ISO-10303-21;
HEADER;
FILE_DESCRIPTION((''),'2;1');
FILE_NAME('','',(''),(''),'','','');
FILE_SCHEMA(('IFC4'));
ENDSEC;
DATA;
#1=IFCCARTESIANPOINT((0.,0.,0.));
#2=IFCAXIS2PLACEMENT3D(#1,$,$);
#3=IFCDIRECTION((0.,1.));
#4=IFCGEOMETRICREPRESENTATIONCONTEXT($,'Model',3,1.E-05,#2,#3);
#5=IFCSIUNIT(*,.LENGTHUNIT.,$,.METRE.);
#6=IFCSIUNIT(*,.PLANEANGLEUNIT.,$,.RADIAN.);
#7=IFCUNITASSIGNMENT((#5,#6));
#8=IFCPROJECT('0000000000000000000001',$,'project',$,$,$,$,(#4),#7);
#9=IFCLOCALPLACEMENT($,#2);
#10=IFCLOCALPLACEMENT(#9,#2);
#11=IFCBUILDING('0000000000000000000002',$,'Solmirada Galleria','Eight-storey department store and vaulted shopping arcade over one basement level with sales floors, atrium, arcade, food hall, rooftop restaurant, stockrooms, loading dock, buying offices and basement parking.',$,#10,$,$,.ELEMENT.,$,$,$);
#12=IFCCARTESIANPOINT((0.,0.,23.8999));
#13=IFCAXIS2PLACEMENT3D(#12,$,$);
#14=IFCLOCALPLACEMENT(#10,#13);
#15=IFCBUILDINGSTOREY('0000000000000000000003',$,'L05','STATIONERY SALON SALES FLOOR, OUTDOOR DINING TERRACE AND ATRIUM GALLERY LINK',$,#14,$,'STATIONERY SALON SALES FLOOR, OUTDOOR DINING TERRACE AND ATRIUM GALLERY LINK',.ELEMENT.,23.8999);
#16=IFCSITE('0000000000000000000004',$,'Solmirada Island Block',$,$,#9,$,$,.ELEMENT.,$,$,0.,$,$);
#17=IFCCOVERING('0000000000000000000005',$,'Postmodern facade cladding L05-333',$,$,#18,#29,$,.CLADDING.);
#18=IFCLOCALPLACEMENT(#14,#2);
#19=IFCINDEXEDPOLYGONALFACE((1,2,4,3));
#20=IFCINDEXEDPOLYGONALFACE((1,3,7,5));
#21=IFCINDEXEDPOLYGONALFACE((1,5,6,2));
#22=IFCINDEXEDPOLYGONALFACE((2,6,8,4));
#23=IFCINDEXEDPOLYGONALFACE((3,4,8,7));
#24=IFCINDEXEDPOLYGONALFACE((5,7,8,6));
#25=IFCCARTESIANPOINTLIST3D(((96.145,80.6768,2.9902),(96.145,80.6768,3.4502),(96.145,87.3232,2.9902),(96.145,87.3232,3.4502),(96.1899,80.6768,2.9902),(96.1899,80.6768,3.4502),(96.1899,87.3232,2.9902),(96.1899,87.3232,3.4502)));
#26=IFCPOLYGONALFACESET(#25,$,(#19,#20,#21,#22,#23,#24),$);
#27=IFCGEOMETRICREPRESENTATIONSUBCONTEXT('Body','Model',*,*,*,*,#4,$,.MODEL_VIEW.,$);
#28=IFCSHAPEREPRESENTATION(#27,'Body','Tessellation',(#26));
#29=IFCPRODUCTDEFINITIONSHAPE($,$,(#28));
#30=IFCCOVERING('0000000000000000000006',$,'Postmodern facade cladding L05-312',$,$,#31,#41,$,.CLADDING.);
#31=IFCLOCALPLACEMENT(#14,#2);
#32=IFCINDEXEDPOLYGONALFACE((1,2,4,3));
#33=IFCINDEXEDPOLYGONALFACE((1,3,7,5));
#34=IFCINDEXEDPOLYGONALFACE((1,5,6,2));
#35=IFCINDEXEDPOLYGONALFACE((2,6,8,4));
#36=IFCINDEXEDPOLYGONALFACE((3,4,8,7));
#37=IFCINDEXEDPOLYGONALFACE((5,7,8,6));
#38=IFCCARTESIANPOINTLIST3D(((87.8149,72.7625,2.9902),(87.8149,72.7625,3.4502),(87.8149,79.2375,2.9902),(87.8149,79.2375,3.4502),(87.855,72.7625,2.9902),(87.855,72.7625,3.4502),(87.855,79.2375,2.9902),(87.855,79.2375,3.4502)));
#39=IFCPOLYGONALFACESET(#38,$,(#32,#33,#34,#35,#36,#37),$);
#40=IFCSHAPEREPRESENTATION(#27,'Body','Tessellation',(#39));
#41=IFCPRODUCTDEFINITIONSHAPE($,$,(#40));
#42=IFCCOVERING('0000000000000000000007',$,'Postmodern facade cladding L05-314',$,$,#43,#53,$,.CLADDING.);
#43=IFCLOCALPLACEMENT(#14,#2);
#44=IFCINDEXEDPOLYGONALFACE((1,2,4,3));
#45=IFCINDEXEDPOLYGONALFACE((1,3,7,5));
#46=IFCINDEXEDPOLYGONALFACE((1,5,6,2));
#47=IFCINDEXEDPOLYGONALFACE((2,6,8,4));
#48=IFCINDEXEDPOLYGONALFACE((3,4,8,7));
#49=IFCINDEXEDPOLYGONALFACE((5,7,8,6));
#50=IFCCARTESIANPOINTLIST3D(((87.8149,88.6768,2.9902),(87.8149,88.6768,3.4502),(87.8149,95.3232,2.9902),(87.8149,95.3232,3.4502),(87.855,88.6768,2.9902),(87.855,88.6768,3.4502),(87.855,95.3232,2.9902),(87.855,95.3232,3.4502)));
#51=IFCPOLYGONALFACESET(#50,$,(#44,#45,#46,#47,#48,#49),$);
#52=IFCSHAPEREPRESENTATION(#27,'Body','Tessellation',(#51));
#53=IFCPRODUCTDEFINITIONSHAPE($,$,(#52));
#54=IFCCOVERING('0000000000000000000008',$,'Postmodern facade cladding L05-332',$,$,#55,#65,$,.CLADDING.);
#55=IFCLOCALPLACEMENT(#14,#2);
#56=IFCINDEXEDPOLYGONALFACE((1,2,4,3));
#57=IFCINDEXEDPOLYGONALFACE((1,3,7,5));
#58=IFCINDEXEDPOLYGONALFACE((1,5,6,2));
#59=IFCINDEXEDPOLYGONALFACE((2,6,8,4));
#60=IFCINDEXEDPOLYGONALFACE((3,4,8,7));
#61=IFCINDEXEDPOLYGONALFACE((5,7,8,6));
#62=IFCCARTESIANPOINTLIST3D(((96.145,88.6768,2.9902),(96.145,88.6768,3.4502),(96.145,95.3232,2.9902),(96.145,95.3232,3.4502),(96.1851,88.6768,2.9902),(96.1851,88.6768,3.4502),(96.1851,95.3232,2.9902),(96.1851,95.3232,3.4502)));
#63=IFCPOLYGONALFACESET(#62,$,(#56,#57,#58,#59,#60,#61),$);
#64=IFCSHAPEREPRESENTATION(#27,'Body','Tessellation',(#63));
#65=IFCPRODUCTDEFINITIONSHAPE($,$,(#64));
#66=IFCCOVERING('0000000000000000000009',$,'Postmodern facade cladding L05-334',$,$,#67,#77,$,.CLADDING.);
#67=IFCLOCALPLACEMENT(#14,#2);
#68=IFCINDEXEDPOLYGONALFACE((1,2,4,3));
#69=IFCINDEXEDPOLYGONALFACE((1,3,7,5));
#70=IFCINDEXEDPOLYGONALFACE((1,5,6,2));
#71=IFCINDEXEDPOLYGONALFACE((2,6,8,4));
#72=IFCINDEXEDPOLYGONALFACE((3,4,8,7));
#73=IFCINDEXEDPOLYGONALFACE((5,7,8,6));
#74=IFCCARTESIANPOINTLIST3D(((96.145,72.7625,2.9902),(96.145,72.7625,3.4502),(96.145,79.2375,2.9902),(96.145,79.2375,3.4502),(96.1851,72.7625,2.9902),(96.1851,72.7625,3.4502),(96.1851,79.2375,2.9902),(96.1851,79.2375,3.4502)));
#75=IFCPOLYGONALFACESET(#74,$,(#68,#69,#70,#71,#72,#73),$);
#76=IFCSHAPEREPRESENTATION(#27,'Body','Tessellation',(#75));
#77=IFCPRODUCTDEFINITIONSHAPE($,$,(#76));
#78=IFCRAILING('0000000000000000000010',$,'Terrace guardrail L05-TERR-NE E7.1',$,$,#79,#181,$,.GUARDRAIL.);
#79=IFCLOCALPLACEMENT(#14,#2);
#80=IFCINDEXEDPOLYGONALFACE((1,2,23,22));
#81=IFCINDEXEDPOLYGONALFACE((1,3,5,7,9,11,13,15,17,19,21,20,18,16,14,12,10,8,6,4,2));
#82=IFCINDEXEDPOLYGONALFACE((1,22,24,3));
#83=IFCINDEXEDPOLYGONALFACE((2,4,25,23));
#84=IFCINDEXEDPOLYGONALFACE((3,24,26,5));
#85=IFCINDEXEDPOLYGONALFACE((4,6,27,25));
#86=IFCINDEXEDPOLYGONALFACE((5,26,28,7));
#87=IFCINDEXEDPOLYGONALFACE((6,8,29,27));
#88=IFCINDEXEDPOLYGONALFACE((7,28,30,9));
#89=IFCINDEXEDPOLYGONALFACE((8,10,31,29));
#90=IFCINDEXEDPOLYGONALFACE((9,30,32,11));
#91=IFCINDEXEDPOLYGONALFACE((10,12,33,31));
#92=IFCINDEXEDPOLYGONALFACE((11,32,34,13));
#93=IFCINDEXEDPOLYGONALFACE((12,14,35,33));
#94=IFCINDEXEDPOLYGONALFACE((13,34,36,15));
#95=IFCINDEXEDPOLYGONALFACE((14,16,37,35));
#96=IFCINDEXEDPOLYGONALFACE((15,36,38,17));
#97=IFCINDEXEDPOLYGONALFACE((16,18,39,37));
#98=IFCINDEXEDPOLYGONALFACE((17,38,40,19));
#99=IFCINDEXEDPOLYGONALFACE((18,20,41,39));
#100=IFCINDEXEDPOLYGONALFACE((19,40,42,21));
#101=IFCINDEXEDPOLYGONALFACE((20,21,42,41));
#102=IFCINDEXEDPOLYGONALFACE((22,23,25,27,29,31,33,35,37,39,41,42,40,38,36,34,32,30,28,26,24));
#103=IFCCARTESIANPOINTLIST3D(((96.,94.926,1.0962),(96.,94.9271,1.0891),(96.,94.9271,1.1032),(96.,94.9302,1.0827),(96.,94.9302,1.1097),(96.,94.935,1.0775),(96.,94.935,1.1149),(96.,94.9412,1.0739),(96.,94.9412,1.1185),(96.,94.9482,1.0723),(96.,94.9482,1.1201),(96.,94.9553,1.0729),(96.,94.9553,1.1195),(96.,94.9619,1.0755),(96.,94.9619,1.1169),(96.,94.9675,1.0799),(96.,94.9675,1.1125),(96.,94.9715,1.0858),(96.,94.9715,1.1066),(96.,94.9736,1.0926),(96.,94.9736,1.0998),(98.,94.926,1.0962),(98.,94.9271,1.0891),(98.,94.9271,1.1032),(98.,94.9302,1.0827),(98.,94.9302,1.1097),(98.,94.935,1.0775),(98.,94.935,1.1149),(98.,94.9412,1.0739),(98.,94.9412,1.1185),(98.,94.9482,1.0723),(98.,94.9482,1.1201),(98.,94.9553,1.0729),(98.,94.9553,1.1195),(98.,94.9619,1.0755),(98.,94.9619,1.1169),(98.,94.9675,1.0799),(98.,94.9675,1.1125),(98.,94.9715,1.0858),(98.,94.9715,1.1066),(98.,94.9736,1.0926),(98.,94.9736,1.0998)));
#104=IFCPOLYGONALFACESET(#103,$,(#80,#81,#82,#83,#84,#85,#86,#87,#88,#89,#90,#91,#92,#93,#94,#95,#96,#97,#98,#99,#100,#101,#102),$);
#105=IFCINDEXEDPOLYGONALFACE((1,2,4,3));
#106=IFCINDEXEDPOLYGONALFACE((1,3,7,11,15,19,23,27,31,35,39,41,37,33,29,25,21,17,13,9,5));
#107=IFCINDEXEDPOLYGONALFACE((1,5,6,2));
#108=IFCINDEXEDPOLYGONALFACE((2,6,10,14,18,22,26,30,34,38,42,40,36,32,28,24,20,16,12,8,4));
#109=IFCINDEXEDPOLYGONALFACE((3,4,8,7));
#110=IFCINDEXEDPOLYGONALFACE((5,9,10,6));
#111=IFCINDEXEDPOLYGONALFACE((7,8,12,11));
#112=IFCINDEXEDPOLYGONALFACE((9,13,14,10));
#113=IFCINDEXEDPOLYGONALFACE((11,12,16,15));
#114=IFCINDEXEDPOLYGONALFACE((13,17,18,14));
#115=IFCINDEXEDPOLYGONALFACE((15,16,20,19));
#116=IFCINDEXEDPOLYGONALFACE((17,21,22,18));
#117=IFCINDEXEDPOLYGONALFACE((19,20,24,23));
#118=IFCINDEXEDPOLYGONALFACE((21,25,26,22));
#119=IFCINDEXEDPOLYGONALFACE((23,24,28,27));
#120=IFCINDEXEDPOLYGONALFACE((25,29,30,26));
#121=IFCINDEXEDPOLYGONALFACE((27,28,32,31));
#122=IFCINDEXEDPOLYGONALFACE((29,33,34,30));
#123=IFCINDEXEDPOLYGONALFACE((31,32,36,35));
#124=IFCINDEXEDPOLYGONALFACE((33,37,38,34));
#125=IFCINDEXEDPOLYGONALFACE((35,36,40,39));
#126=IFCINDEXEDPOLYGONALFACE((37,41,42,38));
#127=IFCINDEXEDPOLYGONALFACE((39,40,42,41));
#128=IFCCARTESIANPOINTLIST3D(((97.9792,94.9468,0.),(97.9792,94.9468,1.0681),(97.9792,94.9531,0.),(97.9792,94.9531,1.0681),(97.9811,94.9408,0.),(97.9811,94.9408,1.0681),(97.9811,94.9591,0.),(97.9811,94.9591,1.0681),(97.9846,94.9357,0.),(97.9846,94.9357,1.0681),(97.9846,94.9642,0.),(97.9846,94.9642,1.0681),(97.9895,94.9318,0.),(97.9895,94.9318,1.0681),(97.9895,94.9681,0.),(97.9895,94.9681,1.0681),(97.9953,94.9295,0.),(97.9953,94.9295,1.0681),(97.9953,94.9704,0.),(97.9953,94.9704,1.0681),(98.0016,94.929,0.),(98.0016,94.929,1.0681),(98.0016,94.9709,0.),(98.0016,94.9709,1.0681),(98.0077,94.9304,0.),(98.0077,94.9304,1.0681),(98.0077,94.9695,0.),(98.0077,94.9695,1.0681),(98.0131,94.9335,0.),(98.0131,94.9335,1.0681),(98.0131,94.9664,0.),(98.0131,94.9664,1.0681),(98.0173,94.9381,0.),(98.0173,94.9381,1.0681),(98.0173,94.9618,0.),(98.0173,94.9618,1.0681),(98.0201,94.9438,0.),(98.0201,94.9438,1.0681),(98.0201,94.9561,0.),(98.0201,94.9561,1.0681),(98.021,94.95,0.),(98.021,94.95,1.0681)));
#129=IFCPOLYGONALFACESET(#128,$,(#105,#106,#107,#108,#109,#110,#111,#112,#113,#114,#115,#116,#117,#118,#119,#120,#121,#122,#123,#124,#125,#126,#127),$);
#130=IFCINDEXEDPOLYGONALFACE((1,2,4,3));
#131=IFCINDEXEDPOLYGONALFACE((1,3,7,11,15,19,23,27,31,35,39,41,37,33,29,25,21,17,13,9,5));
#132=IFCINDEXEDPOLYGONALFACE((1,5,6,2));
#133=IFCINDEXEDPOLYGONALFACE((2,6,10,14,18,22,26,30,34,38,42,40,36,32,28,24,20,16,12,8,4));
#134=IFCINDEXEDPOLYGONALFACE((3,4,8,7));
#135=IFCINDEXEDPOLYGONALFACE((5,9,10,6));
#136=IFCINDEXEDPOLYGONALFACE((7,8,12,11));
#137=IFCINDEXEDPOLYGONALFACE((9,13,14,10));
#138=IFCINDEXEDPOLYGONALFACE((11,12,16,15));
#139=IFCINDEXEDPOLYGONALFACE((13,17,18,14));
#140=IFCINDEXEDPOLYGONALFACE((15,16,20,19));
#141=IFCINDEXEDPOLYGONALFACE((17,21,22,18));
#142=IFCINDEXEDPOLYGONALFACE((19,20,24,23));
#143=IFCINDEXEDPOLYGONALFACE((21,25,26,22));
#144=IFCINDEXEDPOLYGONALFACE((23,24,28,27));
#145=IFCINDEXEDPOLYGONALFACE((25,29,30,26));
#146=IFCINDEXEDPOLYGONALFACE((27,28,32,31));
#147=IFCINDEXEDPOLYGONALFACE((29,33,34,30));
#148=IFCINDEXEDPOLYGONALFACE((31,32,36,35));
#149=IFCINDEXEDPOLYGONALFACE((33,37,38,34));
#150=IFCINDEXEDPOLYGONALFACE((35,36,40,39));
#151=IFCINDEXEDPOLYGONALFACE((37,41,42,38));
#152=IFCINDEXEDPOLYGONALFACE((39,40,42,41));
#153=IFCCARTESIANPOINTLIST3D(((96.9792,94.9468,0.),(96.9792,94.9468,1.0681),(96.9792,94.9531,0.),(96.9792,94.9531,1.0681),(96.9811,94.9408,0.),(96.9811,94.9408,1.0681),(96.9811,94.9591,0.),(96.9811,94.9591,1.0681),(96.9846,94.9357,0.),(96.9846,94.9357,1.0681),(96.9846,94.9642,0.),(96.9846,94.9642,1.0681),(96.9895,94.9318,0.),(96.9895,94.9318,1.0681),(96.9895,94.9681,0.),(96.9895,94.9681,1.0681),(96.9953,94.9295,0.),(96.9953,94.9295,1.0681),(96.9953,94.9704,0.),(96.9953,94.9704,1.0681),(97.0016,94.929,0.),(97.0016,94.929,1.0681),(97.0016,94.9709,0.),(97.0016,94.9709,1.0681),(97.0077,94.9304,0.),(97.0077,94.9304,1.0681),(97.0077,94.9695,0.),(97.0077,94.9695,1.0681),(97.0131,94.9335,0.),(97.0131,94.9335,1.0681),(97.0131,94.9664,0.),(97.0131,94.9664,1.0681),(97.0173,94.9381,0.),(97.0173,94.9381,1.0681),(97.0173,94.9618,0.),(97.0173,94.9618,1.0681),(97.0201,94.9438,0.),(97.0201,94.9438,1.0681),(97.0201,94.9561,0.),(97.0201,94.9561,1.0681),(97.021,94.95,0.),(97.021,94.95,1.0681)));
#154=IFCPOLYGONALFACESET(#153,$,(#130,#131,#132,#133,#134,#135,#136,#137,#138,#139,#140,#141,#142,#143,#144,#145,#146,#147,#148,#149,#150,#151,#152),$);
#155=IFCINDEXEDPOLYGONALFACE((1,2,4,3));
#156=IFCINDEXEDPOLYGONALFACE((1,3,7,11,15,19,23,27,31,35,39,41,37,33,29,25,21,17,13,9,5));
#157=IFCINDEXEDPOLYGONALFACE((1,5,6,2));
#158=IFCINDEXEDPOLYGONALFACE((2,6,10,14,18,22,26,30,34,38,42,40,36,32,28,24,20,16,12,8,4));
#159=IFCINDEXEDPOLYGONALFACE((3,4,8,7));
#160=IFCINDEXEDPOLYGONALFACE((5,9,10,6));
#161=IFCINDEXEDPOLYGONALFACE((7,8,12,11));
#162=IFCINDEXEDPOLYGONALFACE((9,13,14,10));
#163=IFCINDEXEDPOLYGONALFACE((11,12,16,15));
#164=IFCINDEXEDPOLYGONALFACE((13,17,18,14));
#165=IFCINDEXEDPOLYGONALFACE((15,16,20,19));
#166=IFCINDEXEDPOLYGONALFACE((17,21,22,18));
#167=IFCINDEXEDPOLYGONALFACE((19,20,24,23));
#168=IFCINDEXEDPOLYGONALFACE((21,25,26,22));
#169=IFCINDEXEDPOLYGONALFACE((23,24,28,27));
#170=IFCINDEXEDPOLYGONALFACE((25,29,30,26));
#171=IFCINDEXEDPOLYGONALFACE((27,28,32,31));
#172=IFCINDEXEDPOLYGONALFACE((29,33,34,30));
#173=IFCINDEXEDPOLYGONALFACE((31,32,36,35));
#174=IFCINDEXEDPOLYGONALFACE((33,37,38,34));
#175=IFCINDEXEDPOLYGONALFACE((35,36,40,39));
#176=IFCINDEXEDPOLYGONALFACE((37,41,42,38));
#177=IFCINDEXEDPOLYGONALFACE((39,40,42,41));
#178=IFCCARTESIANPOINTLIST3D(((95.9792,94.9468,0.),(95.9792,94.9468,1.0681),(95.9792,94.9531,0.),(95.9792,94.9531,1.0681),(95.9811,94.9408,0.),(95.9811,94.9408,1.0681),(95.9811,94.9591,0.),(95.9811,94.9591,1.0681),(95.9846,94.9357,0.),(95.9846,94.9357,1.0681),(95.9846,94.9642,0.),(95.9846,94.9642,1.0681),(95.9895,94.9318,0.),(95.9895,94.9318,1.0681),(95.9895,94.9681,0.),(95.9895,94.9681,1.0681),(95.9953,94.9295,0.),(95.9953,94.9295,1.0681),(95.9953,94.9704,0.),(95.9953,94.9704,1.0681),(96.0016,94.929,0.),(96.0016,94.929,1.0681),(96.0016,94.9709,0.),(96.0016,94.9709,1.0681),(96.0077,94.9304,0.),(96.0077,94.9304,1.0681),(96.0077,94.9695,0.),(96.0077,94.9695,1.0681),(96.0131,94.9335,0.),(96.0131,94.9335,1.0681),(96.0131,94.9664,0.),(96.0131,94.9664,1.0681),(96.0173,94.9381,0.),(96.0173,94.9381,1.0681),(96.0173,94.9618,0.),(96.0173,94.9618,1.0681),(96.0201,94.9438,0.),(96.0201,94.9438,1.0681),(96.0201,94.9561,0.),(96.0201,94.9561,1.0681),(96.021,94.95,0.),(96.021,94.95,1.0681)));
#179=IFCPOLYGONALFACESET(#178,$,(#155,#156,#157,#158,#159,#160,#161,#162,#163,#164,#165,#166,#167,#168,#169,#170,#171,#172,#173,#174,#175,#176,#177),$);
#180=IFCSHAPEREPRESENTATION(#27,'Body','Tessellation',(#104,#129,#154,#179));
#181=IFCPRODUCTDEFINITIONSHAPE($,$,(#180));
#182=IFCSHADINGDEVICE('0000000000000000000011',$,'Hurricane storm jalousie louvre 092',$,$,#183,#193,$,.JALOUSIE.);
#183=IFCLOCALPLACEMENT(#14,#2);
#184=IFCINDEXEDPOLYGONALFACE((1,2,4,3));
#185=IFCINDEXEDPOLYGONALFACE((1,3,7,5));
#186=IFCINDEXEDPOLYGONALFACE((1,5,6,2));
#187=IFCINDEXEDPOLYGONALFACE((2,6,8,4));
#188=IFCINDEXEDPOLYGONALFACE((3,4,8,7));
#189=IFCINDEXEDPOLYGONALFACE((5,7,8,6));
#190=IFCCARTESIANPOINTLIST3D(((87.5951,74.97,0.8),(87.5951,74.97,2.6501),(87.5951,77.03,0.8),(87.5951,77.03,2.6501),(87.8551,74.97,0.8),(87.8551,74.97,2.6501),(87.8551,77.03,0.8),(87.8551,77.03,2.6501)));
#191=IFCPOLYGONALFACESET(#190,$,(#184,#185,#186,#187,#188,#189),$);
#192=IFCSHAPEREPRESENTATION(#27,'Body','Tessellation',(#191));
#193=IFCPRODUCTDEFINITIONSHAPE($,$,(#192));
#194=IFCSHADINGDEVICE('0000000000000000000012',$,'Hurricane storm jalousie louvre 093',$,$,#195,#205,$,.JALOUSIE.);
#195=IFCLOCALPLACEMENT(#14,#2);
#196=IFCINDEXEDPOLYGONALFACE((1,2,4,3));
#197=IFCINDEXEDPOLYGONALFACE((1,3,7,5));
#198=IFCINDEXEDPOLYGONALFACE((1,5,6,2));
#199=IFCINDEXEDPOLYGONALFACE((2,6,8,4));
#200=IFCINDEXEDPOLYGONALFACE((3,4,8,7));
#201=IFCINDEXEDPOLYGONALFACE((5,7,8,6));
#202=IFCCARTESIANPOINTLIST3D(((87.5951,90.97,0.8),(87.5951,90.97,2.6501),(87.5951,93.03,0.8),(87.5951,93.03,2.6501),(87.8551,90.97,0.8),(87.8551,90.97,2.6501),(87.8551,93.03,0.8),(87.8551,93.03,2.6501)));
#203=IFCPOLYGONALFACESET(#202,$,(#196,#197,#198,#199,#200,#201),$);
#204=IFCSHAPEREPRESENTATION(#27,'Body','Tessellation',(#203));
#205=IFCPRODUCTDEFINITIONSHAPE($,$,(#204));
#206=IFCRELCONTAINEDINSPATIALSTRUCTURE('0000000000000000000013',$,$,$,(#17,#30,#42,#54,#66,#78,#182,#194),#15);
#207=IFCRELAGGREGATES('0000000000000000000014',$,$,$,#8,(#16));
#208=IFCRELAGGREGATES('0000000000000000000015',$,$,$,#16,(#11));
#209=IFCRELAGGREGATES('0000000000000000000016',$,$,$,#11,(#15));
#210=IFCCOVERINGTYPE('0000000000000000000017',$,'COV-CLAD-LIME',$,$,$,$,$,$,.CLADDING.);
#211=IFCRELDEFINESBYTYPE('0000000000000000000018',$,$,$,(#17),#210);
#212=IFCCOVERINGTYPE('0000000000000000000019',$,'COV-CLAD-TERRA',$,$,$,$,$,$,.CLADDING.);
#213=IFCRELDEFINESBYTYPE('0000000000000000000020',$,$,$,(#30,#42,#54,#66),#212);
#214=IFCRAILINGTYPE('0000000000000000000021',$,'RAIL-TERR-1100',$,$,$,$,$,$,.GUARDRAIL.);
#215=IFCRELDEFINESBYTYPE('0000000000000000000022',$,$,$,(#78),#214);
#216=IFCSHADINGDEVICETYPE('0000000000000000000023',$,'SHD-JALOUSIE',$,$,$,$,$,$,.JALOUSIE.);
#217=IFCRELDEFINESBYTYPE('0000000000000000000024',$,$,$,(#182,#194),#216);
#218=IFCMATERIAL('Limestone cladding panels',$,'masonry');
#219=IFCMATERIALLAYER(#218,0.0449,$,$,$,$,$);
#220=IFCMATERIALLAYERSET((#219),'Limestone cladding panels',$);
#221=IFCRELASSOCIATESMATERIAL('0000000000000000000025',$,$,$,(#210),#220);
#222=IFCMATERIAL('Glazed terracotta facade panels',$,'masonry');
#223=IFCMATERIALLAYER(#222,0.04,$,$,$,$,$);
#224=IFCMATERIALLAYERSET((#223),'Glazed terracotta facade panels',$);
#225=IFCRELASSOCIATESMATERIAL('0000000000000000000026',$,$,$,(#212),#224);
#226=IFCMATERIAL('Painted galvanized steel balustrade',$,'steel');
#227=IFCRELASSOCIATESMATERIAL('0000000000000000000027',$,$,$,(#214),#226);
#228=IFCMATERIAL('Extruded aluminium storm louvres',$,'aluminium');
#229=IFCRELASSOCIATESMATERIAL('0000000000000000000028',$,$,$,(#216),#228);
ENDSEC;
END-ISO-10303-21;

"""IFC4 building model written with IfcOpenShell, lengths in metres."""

from ifc_helpers import new_model, si_unit, direction, frame, origin, origin_2d, place, context, subcontext, project, spatial, rectangle, circle, extrude, material, layer, layer_set, type_object, element, save


model = new_model("IFC4")

# Units and contexts
model_context = context("Model", 3, precision=1e-05, world=origin(), true_north=direction((0.0, 1.0)))
body_context = subcontext(model_context, "Body", "Model", "MODEL_VIEW")
ifc_project = project(units=[si_unit("LENGTHUNIT", "METRE"), si_unit("PLANEANGLEUNIT", "RADIAN")], contexts=[model_context])

# Site, building, storey
site_placement = place(None, origin())
site = spatial("IfcSite", under=ifc_project, at=site_placement, Name="Solmirada Island Block", CompositionType="ELEMENT", RefElevation=0.0)
building_placement = place(site_placement, origin())
building = spatial("IfcBuilding", under=site, at=building_placement, Name="Solmirada Galleria", Description="Eight-storey department store and vaulted shopping arcade over one basement level with sales floors, atrium, arcade, food hall, rooftop restaurant, stockrooms, loading dock, buying offices and basement parking.", CompositionType="ELEMENT")
storey_placement = place(building_placement, frame((0.0, 0.0, 23.8999)))
storey = spatial("IfcBuildingStorey", under=building, at=storey_placement, Name="L05", Description="STATIONERY SALON SALES FLOOR, OUTDOOR DINING TERRACE AND ATRIUM GALLERY LINK", LongName="STATIONERY SALON SALES FLOOR, OUTDOOR DINING TERRACE AND ATRIUM GALLERY LINK", CompositionType="ELEMENT", Elevation=23.8999)

# Coverings
ifc_material_1 = material(Name="Limestone cladding panels", Category="masonry")
ifc_layer_1 = layer(ifc_material_1, 0.0449)
ifc_layer_set_1 = layer_set([ifc_layer_1], Name="Limestone cladding panels")
covering_type_1 = type_object("IfcCoveringType", Name="COV-CLAD-LIME", PredefinedType="CLADDING", material=ifc_layer_set_1)
for number, where, z_axis, x_axis, name in (
    (1, (96.1675, 84.0, 2.9902), (0.0, 0.0, 1.0), (0.0, -1.0, 0.0), "Postmodern facade cladding L05-333"),
):
    element("IfcCovering", number, at=place(storey_placement, frame(where, z_axis=z_axis, x_axis=x_axis)), inside=storey, type_object=covering_type_1, Name=name, PredefinedType="CLADDING", context=body_context, shape_type="SweptSolid", body=[
        extrude(rectangle(XDim=6.6465, YDim=0.0449, at=origin_2d()), origin(), (0.0, 0.0, 1.0), 0.46),
    ])
ifc_material_2 = material(Name="Glazed terracotta facade panels", Category="masonry")
ifc_layer_2 = layer(ifc_material_2, 0.04)
ifc_layer_set_2 = layer_set([ifc_layer_2], Name="Glazed terracotta facade panels")
covering_type_2 = type_object("IfcCoveringType", Name="COV-CLAD-TERRA", PredefinedType="CLADDING", material=ifc_layer_set_2)
covering_1_placement = place(storey_placement, frame((87.835, 76.0, 2.9902), z_axis=(0.0, 0.0, 1.0), x_axis=(0.0, 1.0, 0.0)))
element("IfcCovering", 2, at=covering_1_placement, inside=storey, type_object=covering_type_2, Name="Postmodern facade cladding L05-312", PredefinedType="CLADDING", context=body_context, shape_type="SweptSolid", body=[
    extrude(rectangle(XDim=6.4751, YDim=0.04, at=origin_2d()), origin(), (0.0, 0.0, 1.0), 0.46),
])
for number, where, z_axis, x_axis, name in (
    (3, (87.835, 92.0, 2.9902), (0.0, 0.0, 1.0), (0.0, 1.0, 0.0), "Postmodern facade cladding L05-314"),
    (4, (96.165, 92.0, 2.9902), (0.0, 0.0, 1.0), (0.0, -1.0, 0.0), "Postmodern facade cladding L05-332"),
):
    element("IfcCovering", number, at=place(storey_placement, frame(where, z_axis=z_axis, x_axis=x_axis)), inside=storey, type_object=covering_type_2, Name=name, PredefinedType="CLADDING", context=body_context, shape_type="SweptSolid", body=[
        extrude(rectangle(XDim=6.6465, YDim=0.04, at=origin_2d()), origin(), (0.0, 0.0, 1.0), 0.46),
    ])
covering_2_placement = place(storey_placement, frame((96.165, 76.0, 2.9902), z_axis=(0.0, 0.0, 1.0), x_axis=(0.0, -1.0, 0.0)))
element("IfcCovering", 5, at=covering_2_placement, inside=storey, type_object=covering_type_2, Name="Postmodern facade cladding L05-334", PredefinedType="CLADDING", context=body_context, shape_type="SweptSolid", body=[
    extrude(rectangle(XDim=6.4751, YDim=0.04, at=origin_2d()), origin(), (0.0, 0.0, 1.0), 0.46),
])

# Railing
ifc_material_3 = material(Name="Painted galvanized steel balustrade", Category="steel")
railing_type = type_object("IfcRailingType", Name="RAIL-TERR-1100", PredefinedType="GUARDRAIL", material=ifc_material_3)
railing_1_placement = place(storey_placement, frame((98.0, 94.95, 0.0)))
element("IfcRailing", 6, at=railing_1_placement, inside=storey, type_object=railing_type, Name="Terrace guardrail L05-TERR-NE E7.1", PredefinedType="GUARDRAIL", context=body_context, shape_type="SweptSolid", body=[
    extrude(circle(Radius=0.0239, at=origin_2d()), frame((0.0, 0.0, 1.0962), z_axis=(-1.0, 0.0, 0.0), x_axis=(0.0, -1.0, 0.0)), (0.0, 0.0, 1.0), 2.0),
    extrude(circle(Radius=0.021, at=origin_2d()), origin(), (0.0, 0.0, 1.0), 1.0681),
    extrude(circle(Radius=0.021, at=origin_2d()), frame((-1.0, 0.0, 0.0)), (0.0, 0.0, 1.0), 1.0681),
    extrude(circle(Radius=0.021, at=origin_2d()), frame((-2.0, 0.0, 0.0)), (0.0, 0.0, 1.0), 1.0681),
])

# Shading devices
ifc_material_4 = material(Name="Extruded aluminium storm louvres", Category="aluminium")
shading_device_type = type_object("IfcShadingDeviceType", Name="SHD-JALOUSIE", PredefinedType="JALOUSIE", material=ifc_material_4)
for number, where, z_axis, x_axis, name in (
    (7, (87.7251, 76.0, 0.8), (0.0, 0.0, 1.0), (0.0, 1.0, 0.0), "Hurricane storm jalousie louvre 092"),
    (8, (87.7251, 92.0, 0.8), (0.0, 0.0, 1.0), (0.0, 1.0, 0.0), "Hurricane storm jalousie louvre 093"),
):
    element("IfcShadingDevice", number, at=place(storey_placement, frame(where, z_axis=z_axis, x_axis=x_axis)), inside=storey, type_object=shading_device_type, Name=name, PredefinedType="JALOUSIE", context=body_context, shape_type="SweptSolid", body=[
        extrude(rectangle(XDim=2.0601, YDim=0.26, at=origin_2d()), origin(), (0.0, 0.0, 1.0), 1.8501),
    ])

save(model, "model.ifc")
